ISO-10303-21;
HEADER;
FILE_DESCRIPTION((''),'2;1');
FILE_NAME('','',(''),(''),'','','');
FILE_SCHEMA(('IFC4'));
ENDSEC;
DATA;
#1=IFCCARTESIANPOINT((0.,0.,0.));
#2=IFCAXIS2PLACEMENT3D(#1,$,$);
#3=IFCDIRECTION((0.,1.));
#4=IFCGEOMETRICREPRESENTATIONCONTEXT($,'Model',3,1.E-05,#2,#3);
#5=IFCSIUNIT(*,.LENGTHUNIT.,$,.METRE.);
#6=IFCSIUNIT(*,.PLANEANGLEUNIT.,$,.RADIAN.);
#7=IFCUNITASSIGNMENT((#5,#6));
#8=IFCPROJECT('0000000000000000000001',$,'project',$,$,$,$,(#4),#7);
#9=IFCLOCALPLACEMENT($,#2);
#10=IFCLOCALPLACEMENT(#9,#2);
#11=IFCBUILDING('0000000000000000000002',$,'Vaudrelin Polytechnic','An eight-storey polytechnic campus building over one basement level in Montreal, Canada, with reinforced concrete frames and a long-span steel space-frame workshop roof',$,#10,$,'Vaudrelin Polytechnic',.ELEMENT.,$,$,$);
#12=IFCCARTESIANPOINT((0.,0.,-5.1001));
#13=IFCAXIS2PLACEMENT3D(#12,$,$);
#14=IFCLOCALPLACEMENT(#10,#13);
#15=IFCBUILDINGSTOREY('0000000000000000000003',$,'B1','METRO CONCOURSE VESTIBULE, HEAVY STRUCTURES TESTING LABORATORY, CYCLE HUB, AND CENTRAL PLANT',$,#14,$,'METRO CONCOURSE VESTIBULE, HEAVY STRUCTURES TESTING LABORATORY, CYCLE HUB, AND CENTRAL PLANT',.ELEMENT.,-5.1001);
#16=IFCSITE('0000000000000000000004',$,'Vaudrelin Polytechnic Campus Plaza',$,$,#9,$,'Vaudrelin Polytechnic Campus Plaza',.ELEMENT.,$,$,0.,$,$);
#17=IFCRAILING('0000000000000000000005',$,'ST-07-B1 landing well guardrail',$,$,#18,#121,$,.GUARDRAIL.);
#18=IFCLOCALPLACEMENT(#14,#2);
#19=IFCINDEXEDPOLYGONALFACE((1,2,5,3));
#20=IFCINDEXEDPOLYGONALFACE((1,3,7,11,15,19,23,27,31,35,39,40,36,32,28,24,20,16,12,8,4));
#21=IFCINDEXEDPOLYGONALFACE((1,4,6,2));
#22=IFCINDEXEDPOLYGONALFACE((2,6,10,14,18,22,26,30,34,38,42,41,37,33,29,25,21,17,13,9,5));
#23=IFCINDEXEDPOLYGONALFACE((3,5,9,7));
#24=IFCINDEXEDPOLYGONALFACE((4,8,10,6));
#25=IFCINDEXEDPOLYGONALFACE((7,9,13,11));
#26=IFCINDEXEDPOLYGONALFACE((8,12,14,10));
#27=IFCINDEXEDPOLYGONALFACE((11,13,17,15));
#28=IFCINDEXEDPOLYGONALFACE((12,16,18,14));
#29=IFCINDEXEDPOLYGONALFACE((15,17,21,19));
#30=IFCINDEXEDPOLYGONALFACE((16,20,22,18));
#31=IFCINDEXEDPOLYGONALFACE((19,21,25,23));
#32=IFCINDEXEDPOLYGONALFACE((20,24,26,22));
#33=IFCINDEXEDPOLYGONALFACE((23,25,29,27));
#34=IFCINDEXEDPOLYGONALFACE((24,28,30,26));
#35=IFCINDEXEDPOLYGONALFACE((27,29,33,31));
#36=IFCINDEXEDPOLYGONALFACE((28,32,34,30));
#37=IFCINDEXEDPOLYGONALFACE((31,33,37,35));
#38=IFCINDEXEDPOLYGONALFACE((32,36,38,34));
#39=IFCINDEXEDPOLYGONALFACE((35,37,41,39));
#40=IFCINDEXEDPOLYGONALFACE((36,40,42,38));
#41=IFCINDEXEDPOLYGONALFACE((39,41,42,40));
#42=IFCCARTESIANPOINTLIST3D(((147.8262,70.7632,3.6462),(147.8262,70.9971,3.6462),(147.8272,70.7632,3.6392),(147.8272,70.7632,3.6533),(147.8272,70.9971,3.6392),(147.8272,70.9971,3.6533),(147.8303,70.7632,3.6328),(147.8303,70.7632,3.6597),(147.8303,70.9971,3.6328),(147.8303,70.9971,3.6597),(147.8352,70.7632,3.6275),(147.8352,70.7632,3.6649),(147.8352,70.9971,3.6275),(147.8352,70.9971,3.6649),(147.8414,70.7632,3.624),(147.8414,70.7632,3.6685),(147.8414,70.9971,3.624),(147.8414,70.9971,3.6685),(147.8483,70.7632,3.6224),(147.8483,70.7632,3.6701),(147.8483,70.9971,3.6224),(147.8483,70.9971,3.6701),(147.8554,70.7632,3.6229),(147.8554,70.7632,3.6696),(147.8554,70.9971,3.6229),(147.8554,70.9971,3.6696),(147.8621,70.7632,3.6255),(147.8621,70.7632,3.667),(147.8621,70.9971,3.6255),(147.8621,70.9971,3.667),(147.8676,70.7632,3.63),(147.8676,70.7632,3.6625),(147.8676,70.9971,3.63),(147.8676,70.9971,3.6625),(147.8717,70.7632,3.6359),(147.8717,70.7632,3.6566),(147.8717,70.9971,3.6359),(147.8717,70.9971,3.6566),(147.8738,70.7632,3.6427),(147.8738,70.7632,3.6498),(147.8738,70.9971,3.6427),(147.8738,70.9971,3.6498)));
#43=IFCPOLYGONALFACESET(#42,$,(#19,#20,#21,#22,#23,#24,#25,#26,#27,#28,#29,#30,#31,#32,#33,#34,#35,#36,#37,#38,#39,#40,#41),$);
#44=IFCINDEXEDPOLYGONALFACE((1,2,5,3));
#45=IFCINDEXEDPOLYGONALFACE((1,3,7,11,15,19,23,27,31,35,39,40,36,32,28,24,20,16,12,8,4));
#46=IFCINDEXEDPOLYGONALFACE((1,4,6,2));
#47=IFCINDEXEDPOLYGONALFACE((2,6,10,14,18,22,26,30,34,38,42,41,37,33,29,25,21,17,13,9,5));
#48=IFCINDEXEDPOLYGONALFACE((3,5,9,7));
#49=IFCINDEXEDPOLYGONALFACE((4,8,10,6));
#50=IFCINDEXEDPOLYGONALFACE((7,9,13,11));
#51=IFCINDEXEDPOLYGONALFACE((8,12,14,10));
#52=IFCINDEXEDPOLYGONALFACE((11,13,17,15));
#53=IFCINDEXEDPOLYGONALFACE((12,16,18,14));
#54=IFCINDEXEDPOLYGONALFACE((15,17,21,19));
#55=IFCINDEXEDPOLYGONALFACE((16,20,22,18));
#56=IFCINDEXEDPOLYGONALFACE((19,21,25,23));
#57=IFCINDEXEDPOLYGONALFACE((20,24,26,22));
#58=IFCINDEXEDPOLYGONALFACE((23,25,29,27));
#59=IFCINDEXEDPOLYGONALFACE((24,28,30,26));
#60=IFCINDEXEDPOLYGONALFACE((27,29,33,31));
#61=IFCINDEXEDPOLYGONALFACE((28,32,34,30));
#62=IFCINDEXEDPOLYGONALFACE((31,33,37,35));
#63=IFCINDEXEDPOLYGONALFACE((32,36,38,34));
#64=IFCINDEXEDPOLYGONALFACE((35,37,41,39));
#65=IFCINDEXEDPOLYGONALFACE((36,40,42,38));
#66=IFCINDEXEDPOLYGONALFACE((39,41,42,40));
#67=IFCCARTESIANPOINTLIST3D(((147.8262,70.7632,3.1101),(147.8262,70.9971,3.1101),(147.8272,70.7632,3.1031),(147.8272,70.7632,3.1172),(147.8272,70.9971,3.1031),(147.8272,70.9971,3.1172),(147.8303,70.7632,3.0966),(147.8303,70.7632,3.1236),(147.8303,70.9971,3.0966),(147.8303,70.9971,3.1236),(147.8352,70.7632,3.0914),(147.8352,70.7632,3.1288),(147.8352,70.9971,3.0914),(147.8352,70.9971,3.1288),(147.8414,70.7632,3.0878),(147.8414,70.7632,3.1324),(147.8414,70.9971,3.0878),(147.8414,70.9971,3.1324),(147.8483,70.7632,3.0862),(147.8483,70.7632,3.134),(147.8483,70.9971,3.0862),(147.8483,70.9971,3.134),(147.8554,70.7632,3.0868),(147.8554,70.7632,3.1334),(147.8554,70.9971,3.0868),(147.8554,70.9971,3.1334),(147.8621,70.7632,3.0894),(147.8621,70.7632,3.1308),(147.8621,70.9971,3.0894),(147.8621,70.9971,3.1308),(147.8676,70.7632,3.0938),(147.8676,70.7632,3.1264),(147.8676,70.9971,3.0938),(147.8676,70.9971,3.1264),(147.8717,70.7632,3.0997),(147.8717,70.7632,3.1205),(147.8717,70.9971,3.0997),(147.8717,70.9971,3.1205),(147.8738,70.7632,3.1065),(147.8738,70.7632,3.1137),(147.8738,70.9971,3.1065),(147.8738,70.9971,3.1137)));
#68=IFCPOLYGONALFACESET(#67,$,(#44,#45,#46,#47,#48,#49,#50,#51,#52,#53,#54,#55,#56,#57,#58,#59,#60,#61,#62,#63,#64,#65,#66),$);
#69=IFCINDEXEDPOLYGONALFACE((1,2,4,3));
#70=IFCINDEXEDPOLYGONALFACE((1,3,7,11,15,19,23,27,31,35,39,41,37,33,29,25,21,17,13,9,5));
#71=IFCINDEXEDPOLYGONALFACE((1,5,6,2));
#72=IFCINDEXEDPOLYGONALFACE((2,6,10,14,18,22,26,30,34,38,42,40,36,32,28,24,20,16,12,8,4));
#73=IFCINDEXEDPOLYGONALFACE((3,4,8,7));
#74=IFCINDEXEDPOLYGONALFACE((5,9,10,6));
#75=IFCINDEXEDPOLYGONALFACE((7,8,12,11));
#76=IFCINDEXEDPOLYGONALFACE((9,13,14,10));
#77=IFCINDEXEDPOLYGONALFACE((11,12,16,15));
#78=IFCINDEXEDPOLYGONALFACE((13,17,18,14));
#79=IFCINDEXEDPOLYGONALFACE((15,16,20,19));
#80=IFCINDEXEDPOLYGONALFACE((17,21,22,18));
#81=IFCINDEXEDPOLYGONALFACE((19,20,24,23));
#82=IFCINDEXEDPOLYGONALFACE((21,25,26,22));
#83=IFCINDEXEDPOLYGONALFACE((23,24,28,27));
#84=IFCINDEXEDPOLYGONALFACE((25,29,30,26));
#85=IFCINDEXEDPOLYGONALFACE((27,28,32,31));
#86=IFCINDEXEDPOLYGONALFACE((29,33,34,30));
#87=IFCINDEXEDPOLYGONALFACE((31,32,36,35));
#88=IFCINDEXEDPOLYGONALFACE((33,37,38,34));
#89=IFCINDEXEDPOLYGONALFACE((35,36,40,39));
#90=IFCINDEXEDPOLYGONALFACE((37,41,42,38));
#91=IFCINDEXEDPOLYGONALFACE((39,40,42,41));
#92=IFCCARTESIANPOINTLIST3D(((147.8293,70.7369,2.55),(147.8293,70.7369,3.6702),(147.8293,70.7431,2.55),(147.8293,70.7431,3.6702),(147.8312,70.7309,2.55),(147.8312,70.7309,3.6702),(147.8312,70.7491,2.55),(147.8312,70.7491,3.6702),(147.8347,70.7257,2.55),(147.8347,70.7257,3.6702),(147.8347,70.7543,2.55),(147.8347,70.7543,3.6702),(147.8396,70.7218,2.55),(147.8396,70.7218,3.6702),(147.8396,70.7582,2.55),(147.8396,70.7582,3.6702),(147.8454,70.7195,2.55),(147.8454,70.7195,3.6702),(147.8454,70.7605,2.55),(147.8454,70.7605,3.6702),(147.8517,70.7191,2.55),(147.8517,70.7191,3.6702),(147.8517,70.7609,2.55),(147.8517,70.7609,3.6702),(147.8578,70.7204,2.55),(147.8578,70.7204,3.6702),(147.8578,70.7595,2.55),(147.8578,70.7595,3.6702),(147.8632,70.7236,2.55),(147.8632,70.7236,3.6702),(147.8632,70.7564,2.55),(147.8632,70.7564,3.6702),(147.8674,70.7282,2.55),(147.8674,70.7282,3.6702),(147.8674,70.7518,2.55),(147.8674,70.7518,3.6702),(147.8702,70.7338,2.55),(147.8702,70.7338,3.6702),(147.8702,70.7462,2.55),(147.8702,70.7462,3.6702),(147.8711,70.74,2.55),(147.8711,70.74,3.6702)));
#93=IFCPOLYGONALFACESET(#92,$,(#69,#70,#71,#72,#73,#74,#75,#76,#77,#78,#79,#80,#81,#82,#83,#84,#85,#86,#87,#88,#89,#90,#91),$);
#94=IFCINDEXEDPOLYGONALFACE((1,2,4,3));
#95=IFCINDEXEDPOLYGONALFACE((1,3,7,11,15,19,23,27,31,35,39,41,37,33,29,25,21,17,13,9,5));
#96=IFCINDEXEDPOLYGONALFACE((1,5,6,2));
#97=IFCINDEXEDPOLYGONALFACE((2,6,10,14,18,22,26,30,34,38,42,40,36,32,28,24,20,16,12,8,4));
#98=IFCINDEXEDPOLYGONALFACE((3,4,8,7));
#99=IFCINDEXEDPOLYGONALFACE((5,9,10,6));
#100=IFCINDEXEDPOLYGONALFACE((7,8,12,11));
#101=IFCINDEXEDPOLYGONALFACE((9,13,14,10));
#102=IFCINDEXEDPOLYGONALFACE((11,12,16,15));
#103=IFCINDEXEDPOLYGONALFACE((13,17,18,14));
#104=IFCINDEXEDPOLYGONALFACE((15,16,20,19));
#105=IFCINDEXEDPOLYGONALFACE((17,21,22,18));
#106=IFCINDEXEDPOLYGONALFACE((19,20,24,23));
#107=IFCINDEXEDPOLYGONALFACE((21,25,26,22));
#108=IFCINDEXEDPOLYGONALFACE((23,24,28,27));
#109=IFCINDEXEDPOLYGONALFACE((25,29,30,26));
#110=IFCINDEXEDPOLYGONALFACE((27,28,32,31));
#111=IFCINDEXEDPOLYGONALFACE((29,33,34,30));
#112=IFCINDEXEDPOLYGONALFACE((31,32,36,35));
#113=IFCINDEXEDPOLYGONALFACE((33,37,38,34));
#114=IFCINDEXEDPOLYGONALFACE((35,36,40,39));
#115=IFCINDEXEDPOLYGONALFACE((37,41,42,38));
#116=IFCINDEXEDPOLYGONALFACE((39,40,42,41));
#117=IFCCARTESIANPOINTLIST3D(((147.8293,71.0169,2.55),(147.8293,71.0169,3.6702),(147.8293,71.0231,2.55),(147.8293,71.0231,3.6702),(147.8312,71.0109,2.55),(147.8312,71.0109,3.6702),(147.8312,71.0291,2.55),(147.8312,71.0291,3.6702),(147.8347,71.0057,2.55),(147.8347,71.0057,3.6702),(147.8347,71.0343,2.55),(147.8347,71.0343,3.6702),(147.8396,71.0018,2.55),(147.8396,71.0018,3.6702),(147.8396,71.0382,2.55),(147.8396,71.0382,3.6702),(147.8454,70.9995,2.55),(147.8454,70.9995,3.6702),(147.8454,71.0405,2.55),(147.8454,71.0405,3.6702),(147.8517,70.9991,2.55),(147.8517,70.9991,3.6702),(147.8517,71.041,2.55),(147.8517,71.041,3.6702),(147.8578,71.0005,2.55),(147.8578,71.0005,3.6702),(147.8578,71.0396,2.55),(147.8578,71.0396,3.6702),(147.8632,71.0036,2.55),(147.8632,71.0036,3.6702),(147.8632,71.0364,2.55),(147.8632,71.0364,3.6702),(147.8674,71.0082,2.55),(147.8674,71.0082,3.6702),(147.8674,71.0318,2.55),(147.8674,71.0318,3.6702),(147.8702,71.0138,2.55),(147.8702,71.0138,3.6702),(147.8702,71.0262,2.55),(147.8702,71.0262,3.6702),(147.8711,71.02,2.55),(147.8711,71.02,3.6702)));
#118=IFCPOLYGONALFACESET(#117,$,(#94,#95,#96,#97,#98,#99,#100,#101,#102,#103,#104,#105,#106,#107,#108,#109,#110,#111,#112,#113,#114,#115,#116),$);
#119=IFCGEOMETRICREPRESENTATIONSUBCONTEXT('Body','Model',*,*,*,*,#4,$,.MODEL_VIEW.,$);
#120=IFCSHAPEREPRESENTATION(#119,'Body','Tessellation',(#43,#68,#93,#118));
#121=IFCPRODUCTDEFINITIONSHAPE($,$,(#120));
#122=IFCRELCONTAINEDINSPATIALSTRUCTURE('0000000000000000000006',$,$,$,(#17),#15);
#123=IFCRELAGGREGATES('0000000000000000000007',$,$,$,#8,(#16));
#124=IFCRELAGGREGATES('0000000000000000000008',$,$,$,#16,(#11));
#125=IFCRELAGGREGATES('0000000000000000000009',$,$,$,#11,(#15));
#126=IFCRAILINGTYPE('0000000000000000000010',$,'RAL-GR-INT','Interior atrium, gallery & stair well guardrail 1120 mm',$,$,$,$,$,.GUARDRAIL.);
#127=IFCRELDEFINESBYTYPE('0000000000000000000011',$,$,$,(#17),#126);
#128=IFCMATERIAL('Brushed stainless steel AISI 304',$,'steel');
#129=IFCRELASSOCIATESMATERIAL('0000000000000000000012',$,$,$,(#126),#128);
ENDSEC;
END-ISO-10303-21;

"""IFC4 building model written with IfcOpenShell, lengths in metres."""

from ifc_helpers import new_model, si_unit, direction, frame, origin, origin_2d, place, context, subcontext, project, spatial, circle, extrude, material, type_object, element, save


model = new_model("IFC4")

# Units and contexts
model_context = context("Model", 3, precision=1e-05, world=origin(), true_north=direction((0.0, 1.0)))
body_context = subcontext(model_context, "Body", "Model", "MODEL_VIEW")
ifc_project = project(units=[si_unit("LENGTHUNIT", "METRE"), si_unit("PLANEANGLEUNIT", "RADIAN")], contexts=[model_context])

# Site, building, storey
site_placement = place(None, origin())
site = spatial("IfcSite", under=ifc_project, at=site_placement, Name="Vaudrelin Polytechnic Campus Plaza", LongName="Vaudrelin Polytechnic Campus Plaza", CompositionType="ELEMENT", RefElevation=0.0)
building_placement = place(site_placement, origin())
building = spatial("IfcBuilding", under=site, at=building_placement, Name="Vaudrelin Polytechnic", Description="An eight-storey polytechnic campus building over one basement level in Montreal, Canada, with reinforced concrete frames and a long-span steel space-frame workshop roof", LongName="Vaudrelin Polytechnic", CompositionType="ELEMENT")
storey_placement = place(building_placement, frame((0.0, 0.0, -5.1001)))
storey = spatial("IfcBuildingStorey", under=building, at=storey_placement, Name="B1", Description="METRO CONCOURSE VESTIBULE, HEAVY STRUCTURES TESTING LABORATORY, CYCLE HUB, AND CENTRAL PLANT", LongName="METRO CONCOURSE VESTIBULE, HEAVY STRUCTURES TESTING LABORATORY, CYCLE HUB, AND CENTRAL PLANT", CompositionType="ELEMENT", Elevation=-5.1001)

# Shared definitions
ifc_material_1 = material(Name="Brushed stainless steel AISI 304", Category="steel")

# Railing
railing_type_1 = type_object("IfcRailingType", Name="RAL-GR-INT", Description="Interior atrium, gallery & stair well guardrail 1120 mm", PredefinedType="GUARDRAIL", material=ifc_material_1)
railing_1_placement = place(storey_placement, frame((147.8501, 70.74, 2.55)))
element("IfcRailing", 1, at=railing_1_placement, inside=storey, type_object=railing_type_1, Name="ST-07-B1 landing well guardrail", PredefinedType="GUARDRAIL", context=body_context, shape_type="SweptSolid", body=[
    extrude(circle(Radius=0.0239, at=origin_2d()), frame((0.0, 0.0232, 1.0962), z_axis=(0.0, 1.0, 0.0), x_axis=(-1.0, 0.0, 0.0)), (0.0, 0.0, 1.0), 0.2339),
    extrude(circle(Radius=0.0239, at=origin_2d()), frame((0.0, 0.0232, 0.5601), z_axis=(0.0, 1.0, 0.0), x_axis=(-1.0, 0.0, 0.0)), (0.0, 0.0, 1.0), 0.2339),
    extrude(circle(Radius=0.021, at=origin_2d()), origin(), (0.0, 0.0, 1.0), 1.1201),
    extrude(circle(Radius=0.021, at=origin_2d()), frame((0.0, 0.28, 0.0)), (0.0, 0.0, 1.0), 1.1201),
])

save(model, "model.ifc")
